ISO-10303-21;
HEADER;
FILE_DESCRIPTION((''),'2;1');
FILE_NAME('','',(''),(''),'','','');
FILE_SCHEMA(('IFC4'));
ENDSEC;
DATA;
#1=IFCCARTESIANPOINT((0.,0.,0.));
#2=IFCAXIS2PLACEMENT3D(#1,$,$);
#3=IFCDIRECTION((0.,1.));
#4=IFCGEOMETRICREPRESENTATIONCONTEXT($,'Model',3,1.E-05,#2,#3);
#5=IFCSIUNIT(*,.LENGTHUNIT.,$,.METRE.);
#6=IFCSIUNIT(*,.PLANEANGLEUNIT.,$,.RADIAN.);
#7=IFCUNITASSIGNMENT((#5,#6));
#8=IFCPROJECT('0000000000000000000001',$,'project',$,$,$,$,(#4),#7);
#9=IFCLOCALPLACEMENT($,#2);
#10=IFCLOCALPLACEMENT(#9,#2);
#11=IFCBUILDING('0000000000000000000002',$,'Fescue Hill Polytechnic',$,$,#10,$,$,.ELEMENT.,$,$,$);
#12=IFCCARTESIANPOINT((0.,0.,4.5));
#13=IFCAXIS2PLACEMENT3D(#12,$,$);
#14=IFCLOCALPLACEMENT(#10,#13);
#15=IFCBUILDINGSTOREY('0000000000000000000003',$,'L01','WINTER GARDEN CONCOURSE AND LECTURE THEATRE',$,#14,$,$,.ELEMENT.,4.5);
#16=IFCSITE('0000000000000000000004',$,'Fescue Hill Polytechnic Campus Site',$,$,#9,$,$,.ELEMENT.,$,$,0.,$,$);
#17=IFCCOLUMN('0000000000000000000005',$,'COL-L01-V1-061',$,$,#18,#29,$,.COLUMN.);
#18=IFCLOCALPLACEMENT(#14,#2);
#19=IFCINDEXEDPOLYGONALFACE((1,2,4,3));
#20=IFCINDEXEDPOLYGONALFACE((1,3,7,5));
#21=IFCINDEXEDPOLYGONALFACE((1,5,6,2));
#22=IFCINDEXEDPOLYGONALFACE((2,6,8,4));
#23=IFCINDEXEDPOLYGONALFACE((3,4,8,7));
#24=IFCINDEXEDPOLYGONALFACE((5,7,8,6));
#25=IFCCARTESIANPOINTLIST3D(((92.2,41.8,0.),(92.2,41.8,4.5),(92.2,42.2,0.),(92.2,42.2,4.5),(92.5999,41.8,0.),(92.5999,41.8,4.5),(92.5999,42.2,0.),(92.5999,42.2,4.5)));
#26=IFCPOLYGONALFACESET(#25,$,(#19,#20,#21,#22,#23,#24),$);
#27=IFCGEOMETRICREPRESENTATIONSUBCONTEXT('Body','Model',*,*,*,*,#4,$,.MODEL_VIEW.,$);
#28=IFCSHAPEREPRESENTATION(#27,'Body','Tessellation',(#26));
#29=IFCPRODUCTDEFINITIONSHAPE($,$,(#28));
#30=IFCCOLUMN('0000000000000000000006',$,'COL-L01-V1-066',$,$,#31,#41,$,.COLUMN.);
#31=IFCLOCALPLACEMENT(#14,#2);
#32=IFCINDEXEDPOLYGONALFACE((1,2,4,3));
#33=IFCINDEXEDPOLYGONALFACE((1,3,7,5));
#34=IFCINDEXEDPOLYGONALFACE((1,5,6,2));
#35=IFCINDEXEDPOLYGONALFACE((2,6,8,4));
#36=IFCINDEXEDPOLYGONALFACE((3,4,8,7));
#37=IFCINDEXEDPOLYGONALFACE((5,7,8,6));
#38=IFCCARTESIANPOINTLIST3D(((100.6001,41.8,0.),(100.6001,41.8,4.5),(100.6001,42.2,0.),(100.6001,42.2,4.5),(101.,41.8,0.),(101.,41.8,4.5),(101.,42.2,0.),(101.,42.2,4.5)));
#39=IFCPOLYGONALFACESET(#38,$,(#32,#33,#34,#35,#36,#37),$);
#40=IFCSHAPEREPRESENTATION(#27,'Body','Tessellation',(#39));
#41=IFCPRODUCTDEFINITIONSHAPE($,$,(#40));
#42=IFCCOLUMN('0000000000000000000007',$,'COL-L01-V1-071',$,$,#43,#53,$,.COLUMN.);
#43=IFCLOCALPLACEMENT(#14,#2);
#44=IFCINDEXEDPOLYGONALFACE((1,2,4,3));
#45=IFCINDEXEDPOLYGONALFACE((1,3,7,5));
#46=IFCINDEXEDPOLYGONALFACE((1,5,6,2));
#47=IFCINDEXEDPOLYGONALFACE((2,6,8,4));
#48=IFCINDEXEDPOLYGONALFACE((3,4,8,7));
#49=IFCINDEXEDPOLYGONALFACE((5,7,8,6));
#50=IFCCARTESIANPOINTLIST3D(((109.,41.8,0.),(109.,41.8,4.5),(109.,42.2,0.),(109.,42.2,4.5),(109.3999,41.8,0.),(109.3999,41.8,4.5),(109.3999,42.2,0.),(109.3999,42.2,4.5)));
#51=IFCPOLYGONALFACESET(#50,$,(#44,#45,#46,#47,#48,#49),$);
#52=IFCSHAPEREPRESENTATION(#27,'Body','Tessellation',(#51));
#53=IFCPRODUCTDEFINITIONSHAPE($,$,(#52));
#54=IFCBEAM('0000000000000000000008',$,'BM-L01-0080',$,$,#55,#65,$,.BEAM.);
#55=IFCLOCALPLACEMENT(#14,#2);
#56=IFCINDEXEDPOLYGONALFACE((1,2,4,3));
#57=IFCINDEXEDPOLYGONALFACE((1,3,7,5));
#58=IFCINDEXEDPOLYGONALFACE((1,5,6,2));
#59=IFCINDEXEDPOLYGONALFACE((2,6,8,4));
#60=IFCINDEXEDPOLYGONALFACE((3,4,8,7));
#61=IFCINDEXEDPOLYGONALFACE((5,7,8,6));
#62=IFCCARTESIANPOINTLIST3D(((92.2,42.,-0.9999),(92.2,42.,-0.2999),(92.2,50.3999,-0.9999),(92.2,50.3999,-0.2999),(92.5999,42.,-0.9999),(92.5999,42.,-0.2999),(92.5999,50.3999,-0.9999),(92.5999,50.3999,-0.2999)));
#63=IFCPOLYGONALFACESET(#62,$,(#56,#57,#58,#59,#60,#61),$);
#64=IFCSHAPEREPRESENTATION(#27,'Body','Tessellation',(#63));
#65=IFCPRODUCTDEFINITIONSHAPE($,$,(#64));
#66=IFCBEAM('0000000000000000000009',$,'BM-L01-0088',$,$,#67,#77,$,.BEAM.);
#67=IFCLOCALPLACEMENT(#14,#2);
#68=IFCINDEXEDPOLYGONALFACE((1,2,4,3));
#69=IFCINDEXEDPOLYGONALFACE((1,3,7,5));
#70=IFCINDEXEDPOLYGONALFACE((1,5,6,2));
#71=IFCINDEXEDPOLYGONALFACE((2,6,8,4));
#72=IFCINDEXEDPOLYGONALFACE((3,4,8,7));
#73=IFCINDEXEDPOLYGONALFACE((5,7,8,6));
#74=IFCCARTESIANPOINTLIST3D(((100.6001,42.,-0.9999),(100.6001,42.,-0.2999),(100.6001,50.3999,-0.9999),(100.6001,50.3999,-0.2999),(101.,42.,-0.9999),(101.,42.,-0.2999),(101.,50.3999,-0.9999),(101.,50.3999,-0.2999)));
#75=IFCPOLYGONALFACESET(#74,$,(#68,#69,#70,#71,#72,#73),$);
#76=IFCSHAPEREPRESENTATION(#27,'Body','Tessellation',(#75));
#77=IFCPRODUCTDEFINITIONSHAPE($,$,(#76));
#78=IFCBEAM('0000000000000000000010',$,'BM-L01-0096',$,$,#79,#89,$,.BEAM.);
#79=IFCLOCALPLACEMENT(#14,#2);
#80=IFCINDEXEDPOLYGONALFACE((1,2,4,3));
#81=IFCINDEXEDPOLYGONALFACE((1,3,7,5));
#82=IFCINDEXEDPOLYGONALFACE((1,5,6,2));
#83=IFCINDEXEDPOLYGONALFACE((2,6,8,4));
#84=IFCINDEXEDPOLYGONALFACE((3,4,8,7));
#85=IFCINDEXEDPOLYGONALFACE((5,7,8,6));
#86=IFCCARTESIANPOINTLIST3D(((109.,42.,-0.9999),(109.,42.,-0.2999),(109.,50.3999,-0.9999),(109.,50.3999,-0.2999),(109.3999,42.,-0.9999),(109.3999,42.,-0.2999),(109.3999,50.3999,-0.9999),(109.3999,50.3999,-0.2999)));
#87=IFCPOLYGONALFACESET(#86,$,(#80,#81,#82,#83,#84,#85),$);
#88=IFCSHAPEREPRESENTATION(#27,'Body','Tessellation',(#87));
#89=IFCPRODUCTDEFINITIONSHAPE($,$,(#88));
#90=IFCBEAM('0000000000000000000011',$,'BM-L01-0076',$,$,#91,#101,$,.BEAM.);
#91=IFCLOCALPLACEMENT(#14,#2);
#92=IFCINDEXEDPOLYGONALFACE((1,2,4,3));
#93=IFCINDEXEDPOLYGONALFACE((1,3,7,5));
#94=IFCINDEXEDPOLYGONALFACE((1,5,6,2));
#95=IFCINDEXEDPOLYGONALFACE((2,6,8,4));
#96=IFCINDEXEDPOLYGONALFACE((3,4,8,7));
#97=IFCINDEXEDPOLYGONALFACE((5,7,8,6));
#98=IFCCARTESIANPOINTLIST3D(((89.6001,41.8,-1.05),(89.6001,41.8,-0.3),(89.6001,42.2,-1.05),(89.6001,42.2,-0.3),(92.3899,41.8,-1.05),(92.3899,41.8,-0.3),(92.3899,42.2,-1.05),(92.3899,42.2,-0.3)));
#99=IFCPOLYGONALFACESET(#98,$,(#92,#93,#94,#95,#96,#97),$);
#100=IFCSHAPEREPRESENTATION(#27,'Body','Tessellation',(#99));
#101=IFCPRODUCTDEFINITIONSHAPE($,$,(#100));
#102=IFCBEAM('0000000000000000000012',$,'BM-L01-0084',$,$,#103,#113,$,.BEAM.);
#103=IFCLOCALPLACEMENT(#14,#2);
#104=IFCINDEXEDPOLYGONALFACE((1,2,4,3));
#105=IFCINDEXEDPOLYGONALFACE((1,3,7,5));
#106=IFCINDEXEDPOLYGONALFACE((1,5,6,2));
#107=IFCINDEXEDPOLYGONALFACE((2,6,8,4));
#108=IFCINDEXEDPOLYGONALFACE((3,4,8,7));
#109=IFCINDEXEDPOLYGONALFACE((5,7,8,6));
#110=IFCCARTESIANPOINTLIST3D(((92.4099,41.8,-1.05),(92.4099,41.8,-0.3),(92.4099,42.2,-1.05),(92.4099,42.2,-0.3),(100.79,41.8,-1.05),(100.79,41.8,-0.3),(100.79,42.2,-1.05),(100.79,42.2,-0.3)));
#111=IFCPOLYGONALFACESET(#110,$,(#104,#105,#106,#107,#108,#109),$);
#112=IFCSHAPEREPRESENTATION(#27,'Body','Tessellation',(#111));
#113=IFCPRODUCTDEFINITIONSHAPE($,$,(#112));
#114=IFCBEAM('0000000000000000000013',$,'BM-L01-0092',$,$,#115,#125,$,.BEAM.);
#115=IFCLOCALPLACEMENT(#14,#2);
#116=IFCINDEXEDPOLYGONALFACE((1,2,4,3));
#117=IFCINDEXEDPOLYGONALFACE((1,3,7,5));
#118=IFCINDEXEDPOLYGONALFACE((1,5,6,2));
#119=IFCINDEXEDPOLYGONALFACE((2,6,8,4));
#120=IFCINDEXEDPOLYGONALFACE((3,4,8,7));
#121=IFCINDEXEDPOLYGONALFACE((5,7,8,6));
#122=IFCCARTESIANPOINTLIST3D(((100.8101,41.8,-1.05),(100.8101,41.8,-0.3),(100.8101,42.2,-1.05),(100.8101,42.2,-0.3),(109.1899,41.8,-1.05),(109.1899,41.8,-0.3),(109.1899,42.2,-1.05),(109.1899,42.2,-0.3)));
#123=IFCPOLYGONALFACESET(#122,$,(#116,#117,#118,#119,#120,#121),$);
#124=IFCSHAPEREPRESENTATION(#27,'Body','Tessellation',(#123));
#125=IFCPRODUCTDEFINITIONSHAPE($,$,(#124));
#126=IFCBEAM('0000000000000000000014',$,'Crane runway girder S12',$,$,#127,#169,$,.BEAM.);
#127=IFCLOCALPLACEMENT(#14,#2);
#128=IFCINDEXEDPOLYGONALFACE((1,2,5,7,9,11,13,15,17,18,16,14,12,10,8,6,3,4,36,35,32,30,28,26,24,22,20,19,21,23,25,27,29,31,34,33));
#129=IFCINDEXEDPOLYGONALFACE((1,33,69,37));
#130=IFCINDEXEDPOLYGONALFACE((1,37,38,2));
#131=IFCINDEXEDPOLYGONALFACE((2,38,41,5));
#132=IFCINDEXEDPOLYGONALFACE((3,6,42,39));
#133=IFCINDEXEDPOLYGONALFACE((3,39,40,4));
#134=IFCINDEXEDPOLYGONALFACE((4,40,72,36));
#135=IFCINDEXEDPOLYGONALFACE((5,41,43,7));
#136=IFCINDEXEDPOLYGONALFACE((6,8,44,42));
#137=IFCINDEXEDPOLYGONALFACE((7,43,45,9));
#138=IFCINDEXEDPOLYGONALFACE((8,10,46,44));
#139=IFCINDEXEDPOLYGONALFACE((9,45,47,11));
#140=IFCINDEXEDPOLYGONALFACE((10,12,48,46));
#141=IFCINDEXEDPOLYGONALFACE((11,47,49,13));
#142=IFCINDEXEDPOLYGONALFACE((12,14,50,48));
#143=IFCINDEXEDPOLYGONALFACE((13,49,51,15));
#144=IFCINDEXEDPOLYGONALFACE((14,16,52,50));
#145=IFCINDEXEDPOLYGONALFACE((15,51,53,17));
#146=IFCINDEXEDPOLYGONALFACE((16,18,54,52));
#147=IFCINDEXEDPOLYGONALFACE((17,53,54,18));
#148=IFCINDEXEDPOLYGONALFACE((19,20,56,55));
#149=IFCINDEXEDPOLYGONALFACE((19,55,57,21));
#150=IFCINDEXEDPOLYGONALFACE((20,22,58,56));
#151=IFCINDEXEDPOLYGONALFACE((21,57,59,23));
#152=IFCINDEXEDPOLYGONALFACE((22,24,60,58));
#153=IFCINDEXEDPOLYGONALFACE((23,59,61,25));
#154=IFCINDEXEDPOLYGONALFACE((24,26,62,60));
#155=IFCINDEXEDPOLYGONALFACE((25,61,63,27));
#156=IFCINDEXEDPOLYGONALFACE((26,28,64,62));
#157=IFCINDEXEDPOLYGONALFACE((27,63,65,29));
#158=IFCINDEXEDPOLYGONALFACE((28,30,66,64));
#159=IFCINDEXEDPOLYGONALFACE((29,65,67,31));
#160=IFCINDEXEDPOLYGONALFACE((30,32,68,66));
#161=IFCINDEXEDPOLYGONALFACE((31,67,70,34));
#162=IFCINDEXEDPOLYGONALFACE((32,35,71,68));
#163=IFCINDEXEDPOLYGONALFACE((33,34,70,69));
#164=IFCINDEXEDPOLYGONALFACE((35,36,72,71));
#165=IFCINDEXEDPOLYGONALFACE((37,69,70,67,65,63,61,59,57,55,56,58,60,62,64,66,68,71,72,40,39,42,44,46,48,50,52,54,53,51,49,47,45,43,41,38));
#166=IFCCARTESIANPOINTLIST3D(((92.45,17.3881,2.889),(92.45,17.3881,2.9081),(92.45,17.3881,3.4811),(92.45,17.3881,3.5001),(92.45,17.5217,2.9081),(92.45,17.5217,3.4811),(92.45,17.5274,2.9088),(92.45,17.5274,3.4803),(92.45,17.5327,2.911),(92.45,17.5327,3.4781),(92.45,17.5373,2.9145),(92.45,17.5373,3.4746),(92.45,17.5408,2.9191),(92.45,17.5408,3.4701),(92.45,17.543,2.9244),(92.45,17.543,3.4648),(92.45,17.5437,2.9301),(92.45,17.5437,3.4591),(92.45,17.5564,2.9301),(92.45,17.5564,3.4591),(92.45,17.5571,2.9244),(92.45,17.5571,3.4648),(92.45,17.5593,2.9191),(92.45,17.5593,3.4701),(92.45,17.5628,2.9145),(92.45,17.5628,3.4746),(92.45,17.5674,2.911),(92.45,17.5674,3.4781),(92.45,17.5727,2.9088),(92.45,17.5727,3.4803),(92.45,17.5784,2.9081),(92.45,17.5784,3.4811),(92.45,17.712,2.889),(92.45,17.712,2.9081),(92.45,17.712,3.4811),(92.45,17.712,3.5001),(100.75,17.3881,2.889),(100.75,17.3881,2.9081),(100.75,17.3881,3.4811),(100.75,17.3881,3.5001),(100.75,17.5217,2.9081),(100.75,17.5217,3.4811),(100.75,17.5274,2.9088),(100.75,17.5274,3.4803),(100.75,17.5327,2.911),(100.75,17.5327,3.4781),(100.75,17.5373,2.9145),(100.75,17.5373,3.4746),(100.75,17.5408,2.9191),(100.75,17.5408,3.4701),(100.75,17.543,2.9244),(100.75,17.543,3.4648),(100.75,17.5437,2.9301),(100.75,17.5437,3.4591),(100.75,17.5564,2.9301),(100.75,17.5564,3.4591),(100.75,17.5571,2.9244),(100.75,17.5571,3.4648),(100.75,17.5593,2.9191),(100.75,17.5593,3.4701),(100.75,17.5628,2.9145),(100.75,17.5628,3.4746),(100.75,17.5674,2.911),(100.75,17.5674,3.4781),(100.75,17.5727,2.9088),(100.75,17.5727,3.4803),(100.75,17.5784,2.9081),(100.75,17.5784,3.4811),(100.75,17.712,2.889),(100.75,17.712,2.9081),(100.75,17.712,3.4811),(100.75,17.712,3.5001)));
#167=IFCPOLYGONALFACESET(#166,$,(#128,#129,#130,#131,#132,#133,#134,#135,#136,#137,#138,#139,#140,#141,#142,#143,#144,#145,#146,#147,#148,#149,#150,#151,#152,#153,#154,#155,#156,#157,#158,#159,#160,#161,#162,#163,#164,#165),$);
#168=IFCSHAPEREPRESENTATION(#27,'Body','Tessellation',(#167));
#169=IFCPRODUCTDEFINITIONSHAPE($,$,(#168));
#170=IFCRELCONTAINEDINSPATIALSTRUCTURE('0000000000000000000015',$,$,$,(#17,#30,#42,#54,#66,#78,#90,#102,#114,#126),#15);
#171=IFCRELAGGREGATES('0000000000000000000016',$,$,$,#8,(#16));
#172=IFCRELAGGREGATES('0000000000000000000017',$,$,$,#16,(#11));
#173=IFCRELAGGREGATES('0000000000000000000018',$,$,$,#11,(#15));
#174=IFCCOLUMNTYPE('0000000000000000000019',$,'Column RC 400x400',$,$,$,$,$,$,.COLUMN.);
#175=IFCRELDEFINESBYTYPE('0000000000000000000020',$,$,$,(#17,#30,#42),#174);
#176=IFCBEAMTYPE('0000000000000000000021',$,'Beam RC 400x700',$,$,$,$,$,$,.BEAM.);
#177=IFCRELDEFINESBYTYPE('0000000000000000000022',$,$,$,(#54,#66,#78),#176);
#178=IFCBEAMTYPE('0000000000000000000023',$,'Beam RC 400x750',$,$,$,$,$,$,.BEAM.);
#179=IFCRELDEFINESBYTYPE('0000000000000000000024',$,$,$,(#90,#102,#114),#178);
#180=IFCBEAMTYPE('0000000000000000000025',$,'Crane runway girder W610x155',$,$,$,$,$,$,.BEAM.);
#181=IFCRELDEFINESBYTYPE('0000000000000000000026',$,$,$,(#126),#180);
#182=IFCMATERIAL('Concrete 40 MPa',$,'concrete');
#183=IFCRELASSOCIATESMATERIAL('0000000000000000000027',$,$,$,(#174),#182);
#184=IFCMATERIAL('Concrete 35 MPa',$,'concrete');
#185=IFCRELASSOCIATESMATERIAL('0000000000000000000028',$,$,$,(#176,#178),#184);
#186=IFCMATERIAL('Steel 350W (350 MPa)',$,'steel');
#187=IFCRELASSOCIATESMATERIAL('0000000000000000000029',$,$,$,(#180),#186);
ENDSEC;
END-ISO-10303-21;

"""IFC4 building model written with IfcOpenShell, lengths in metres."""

from ifc_helpers import new_model, si_unit, direction, frame, origin, origin_2d, place, context, subcontext, project, spatial, rectangle, i_section, extrude, material, material_profile, profile_set, type_object, element, save


model = new_model("IFC4")

# Units and contexts
model_context = context("Model", 3, precision=1e-05, world=origin(), true_north=direction((0.0, 1.0)))
body_context = subcontext(model_context, "Body", "Model", "MODEL_VIEW")
ifc_project = project(units=[si_unit("LENGTHUNIT", "METRE"), si_unit("PLANEANGLEUNIT", "RADIAN")], contexts=[model_context])

# Site, building, storey
site_placement = place(None, origin())
site = spatial("IfcSite", under=ifc_project, at=site_placement, Name="Fescue Hill Polytechnic Campus Site", CompositionType="ELEMENT", RefElevation=0.0)
building_placement = place(site_placement, origin())
building = spatial("IfcBuilding", under=site, at=building_placement, Name="Fescue Hill Polytechnic", CompositionType="ELEMENT")
storey_placement = place(building_placement, frame((0.0, 0.0, 4.5)))
storey = spatial("IfcBuildingStorey", under=building, at=storey_placement, Name="L01", Description="WINTER GARDEN CONCOURSE AND LECTURE THEATRE", CompositionType="ELEMENT", Elevation=4.5)

# Columns
ifc_material_1 = material(Name="Concrete 40 MPa", Category="concrete")
ifc_material_profile_1 = material_profile(ifc_material_1, rectangle(XDim=0.3999, YDim=0.3999, at=origin_2d()), Name="RC 400x400")
ifc_profile_set_1 = profile_set([ifc_material_profile_1], Name="Concrete 40 MPa")
column_type = type_object("IfcColumnType", Name="Column RC 400x400", PredefinedType="COLUMN", material=ifc_profile_set_1)
for number, where, z_axis, x_axis, name in (
    (1, (92.3999, 42.0, 0.0), (0.0, 0.0, 1.0), (1.0, 0.0, 0.0), "COL-L01-V1-061"),
    (2, (100.8, 42.0, 0.0), (0.0, 0.0, 1.0), (1.0, 0.0, 0.0), "COL-L01-V1-066"),
    (3, (109.2, 42.0, 0.0), (0.0, 0.0, 1.0), (1.0, 0.0, 0.0), "COL-L01-V1-071"),
):
    element("IfcColumn", number, at=place(storey_placement, frame(where, z_axis=z_axis, x_axis=x_axis)), inside=storey, type_object=column_type, Name=name, PredefinedType="COLUMN", context=body_context, shape_type="SweptSolid", body=[
        extrude(rectangle(XDim=0.3999, YDim=0.3999, at=origin_2d()), origin(), (0.0, 0.0, 1.0), 4.5),
    ])

# Beams
ifc_material_2 = material(Name="Concrete 35 MPa", Category="concrete")
ifc_material_profile_2 = material_profile(ifc_material_2, rectangle(XDim=0.3999, YDim=0.7, at=origin_2d()), Name="RC 400x700")
ifc_profile_set_2 = profile_set([ifc_material_profile_2], Name="Concrete 35 MPa")
beam_type_1 = type_object("IfcBeamType", Name="Beam RC 400x700", PredefinedType="BEAM", material=ifc_profile_set_2)
for number, where, z_axis, x_axis, name in (
    (4, (92.3999, 42.0, -0.6499), (0.0, 1.0, 0.0), (-1.0, 0.0, 0.0), "BM-L01-0080"),
    (5, (100.8, 42.0, -0.6499), (0.0, 1.0, 0.0), (-1.0, 0.0, 0.0), "BM-L01-0088"),
    (6, (109.2, 42.0, -0.6499), (0.0, 1.0, 0.0), (-1.0, 0.0, 0.0), "BM-L01-0096"),
):
    element("IfcBeam", number, at=place(storey_placement, frame(where, z_axis=z_axis, x_axis=x_axis)), inside=storey, type_object=beam_type_1, Name=name, PredefinedType="BEAM", context=body_context, shape_type="SweptSolid", body=[
        extrude(rectangle(XDim=0.3999, YDim=0.7, at=origin_2d()), origin(), (0.0, 0.0, 1.0), 8.3999),
    ])
ifc_material_profile_3 = material_profile(ifc_material_2, rectangle(XDim=0.3999, YDim=0.75, at=origin_2d()), Name="RC 400x750")
ifc_profile_set_3 = profile_set([ifc_material_profile_3], Name="Concrete 35 MPa")
beam_type_2 = type_object("IfcBeamType", Name="Beam RC 400x750", PredefinedType="BEAM", material=ifc_profile_set_3)
beam_1_placement = place(storey_placement, frame((89.6001, 42.0, -0.675), z_axis=(1.0, 0.0, 0.0), x_axis=(0.0, 1.0, 0.0)))
element("IfcBeam", 7, at=beam_1_placement, inside=storey, type_object=beam_type_2, Name="BM-L01-0076", PredefinedType="BEAM", context=body_context, shape_type="SweptSolid", body=[
    extrude(rectangle(XDim=0.3999, YDim=0.75, at=origin_2d()), origin(), (0.0, 0.0, 1.0), 2.7898),
])
beam_2_placement = place(storey_placement, frame((92.4099, 42.0, -0.675), z_axis=(1.0, 0.0, 0.0), x_axis=(0.0, 1.0, 0.0)))
element("IfcBeam", 8, at=beam_2_placement, inside=storey, type_object=beam_type_2, Name="BM-L01-0084", PredefinedType="BEAM", context=body_context, shape_type="SweptSolid", body=[
    extrude(rectangle(XDim=0.3999, YDim=0.75, at=origin_2d()), origin(), (0.0, 0.0, 1.0), 8.3801),
])
beam_3_placement = place(storey_placement, frame((100.8101, 42.0, -0.675), z_axis=(1.0, 0.0, 0.0), x_axis=(0.0, 1.0, 0.0)))
element("IfcBeam", 9, at=beam_3_placement, inside=storey, type_object=beam_type_2, Name="BM-L01-0092", PredefinedType="BEAM", context=body_context, shape_type="SweptSolid", body=[
    extrude(rectangle(XDim=0.3999, YDim=0.75, at=origin_2d()), origin(), (0.0, 0.0, 1.0), 8.3799),
])
ifc_material_3 = material(Name="Steel 350W (350 MPa)", Category="steel")
ifc_material_profile_4 = material_profile(ifc_material_3, i_section(OverallWidth=0.324, OverallDepth=0.6111, WebThickness=0.0127, FlangeThickness=0.019, FilletRadius=0.022, at=origin_2d()), Name="W610x155")
ifc_profile_set_4 = profile_set([ifc_material_profile_4], Name="Steel 350W (350 MPa)")
beam_type_3 = type_object("IfcBeamType", Name="Crane runway girder W610x155", PredefinedType="BEAM", material=ifc_profile_set_4)
beam_4_placement = place(storey_placement, frame((92.45, 17.55, 3.1946), z_axis=(1.0, 0.0, 0.0), x_axis=(0.0, 1.0, 0.0)))
element("IfcBeam", 10, at=beam_4_placement, inside=storey, type_object=beam_type_3, Name="Crane runway girder S12", PredefinedType="BEAM", context=body_context, shape_type="SweptSolid", body=[
    extrude(i_section(OverallWidth=0.324, OverallDepth=0.6111, WebThickness=0.0127, FlangeThickness=0.019, FilletRadius=0.022, at=origin_2d()), origin(), (0.0, 0.0, 1.0), 8.3),
])

save(model, "model.ifc")
